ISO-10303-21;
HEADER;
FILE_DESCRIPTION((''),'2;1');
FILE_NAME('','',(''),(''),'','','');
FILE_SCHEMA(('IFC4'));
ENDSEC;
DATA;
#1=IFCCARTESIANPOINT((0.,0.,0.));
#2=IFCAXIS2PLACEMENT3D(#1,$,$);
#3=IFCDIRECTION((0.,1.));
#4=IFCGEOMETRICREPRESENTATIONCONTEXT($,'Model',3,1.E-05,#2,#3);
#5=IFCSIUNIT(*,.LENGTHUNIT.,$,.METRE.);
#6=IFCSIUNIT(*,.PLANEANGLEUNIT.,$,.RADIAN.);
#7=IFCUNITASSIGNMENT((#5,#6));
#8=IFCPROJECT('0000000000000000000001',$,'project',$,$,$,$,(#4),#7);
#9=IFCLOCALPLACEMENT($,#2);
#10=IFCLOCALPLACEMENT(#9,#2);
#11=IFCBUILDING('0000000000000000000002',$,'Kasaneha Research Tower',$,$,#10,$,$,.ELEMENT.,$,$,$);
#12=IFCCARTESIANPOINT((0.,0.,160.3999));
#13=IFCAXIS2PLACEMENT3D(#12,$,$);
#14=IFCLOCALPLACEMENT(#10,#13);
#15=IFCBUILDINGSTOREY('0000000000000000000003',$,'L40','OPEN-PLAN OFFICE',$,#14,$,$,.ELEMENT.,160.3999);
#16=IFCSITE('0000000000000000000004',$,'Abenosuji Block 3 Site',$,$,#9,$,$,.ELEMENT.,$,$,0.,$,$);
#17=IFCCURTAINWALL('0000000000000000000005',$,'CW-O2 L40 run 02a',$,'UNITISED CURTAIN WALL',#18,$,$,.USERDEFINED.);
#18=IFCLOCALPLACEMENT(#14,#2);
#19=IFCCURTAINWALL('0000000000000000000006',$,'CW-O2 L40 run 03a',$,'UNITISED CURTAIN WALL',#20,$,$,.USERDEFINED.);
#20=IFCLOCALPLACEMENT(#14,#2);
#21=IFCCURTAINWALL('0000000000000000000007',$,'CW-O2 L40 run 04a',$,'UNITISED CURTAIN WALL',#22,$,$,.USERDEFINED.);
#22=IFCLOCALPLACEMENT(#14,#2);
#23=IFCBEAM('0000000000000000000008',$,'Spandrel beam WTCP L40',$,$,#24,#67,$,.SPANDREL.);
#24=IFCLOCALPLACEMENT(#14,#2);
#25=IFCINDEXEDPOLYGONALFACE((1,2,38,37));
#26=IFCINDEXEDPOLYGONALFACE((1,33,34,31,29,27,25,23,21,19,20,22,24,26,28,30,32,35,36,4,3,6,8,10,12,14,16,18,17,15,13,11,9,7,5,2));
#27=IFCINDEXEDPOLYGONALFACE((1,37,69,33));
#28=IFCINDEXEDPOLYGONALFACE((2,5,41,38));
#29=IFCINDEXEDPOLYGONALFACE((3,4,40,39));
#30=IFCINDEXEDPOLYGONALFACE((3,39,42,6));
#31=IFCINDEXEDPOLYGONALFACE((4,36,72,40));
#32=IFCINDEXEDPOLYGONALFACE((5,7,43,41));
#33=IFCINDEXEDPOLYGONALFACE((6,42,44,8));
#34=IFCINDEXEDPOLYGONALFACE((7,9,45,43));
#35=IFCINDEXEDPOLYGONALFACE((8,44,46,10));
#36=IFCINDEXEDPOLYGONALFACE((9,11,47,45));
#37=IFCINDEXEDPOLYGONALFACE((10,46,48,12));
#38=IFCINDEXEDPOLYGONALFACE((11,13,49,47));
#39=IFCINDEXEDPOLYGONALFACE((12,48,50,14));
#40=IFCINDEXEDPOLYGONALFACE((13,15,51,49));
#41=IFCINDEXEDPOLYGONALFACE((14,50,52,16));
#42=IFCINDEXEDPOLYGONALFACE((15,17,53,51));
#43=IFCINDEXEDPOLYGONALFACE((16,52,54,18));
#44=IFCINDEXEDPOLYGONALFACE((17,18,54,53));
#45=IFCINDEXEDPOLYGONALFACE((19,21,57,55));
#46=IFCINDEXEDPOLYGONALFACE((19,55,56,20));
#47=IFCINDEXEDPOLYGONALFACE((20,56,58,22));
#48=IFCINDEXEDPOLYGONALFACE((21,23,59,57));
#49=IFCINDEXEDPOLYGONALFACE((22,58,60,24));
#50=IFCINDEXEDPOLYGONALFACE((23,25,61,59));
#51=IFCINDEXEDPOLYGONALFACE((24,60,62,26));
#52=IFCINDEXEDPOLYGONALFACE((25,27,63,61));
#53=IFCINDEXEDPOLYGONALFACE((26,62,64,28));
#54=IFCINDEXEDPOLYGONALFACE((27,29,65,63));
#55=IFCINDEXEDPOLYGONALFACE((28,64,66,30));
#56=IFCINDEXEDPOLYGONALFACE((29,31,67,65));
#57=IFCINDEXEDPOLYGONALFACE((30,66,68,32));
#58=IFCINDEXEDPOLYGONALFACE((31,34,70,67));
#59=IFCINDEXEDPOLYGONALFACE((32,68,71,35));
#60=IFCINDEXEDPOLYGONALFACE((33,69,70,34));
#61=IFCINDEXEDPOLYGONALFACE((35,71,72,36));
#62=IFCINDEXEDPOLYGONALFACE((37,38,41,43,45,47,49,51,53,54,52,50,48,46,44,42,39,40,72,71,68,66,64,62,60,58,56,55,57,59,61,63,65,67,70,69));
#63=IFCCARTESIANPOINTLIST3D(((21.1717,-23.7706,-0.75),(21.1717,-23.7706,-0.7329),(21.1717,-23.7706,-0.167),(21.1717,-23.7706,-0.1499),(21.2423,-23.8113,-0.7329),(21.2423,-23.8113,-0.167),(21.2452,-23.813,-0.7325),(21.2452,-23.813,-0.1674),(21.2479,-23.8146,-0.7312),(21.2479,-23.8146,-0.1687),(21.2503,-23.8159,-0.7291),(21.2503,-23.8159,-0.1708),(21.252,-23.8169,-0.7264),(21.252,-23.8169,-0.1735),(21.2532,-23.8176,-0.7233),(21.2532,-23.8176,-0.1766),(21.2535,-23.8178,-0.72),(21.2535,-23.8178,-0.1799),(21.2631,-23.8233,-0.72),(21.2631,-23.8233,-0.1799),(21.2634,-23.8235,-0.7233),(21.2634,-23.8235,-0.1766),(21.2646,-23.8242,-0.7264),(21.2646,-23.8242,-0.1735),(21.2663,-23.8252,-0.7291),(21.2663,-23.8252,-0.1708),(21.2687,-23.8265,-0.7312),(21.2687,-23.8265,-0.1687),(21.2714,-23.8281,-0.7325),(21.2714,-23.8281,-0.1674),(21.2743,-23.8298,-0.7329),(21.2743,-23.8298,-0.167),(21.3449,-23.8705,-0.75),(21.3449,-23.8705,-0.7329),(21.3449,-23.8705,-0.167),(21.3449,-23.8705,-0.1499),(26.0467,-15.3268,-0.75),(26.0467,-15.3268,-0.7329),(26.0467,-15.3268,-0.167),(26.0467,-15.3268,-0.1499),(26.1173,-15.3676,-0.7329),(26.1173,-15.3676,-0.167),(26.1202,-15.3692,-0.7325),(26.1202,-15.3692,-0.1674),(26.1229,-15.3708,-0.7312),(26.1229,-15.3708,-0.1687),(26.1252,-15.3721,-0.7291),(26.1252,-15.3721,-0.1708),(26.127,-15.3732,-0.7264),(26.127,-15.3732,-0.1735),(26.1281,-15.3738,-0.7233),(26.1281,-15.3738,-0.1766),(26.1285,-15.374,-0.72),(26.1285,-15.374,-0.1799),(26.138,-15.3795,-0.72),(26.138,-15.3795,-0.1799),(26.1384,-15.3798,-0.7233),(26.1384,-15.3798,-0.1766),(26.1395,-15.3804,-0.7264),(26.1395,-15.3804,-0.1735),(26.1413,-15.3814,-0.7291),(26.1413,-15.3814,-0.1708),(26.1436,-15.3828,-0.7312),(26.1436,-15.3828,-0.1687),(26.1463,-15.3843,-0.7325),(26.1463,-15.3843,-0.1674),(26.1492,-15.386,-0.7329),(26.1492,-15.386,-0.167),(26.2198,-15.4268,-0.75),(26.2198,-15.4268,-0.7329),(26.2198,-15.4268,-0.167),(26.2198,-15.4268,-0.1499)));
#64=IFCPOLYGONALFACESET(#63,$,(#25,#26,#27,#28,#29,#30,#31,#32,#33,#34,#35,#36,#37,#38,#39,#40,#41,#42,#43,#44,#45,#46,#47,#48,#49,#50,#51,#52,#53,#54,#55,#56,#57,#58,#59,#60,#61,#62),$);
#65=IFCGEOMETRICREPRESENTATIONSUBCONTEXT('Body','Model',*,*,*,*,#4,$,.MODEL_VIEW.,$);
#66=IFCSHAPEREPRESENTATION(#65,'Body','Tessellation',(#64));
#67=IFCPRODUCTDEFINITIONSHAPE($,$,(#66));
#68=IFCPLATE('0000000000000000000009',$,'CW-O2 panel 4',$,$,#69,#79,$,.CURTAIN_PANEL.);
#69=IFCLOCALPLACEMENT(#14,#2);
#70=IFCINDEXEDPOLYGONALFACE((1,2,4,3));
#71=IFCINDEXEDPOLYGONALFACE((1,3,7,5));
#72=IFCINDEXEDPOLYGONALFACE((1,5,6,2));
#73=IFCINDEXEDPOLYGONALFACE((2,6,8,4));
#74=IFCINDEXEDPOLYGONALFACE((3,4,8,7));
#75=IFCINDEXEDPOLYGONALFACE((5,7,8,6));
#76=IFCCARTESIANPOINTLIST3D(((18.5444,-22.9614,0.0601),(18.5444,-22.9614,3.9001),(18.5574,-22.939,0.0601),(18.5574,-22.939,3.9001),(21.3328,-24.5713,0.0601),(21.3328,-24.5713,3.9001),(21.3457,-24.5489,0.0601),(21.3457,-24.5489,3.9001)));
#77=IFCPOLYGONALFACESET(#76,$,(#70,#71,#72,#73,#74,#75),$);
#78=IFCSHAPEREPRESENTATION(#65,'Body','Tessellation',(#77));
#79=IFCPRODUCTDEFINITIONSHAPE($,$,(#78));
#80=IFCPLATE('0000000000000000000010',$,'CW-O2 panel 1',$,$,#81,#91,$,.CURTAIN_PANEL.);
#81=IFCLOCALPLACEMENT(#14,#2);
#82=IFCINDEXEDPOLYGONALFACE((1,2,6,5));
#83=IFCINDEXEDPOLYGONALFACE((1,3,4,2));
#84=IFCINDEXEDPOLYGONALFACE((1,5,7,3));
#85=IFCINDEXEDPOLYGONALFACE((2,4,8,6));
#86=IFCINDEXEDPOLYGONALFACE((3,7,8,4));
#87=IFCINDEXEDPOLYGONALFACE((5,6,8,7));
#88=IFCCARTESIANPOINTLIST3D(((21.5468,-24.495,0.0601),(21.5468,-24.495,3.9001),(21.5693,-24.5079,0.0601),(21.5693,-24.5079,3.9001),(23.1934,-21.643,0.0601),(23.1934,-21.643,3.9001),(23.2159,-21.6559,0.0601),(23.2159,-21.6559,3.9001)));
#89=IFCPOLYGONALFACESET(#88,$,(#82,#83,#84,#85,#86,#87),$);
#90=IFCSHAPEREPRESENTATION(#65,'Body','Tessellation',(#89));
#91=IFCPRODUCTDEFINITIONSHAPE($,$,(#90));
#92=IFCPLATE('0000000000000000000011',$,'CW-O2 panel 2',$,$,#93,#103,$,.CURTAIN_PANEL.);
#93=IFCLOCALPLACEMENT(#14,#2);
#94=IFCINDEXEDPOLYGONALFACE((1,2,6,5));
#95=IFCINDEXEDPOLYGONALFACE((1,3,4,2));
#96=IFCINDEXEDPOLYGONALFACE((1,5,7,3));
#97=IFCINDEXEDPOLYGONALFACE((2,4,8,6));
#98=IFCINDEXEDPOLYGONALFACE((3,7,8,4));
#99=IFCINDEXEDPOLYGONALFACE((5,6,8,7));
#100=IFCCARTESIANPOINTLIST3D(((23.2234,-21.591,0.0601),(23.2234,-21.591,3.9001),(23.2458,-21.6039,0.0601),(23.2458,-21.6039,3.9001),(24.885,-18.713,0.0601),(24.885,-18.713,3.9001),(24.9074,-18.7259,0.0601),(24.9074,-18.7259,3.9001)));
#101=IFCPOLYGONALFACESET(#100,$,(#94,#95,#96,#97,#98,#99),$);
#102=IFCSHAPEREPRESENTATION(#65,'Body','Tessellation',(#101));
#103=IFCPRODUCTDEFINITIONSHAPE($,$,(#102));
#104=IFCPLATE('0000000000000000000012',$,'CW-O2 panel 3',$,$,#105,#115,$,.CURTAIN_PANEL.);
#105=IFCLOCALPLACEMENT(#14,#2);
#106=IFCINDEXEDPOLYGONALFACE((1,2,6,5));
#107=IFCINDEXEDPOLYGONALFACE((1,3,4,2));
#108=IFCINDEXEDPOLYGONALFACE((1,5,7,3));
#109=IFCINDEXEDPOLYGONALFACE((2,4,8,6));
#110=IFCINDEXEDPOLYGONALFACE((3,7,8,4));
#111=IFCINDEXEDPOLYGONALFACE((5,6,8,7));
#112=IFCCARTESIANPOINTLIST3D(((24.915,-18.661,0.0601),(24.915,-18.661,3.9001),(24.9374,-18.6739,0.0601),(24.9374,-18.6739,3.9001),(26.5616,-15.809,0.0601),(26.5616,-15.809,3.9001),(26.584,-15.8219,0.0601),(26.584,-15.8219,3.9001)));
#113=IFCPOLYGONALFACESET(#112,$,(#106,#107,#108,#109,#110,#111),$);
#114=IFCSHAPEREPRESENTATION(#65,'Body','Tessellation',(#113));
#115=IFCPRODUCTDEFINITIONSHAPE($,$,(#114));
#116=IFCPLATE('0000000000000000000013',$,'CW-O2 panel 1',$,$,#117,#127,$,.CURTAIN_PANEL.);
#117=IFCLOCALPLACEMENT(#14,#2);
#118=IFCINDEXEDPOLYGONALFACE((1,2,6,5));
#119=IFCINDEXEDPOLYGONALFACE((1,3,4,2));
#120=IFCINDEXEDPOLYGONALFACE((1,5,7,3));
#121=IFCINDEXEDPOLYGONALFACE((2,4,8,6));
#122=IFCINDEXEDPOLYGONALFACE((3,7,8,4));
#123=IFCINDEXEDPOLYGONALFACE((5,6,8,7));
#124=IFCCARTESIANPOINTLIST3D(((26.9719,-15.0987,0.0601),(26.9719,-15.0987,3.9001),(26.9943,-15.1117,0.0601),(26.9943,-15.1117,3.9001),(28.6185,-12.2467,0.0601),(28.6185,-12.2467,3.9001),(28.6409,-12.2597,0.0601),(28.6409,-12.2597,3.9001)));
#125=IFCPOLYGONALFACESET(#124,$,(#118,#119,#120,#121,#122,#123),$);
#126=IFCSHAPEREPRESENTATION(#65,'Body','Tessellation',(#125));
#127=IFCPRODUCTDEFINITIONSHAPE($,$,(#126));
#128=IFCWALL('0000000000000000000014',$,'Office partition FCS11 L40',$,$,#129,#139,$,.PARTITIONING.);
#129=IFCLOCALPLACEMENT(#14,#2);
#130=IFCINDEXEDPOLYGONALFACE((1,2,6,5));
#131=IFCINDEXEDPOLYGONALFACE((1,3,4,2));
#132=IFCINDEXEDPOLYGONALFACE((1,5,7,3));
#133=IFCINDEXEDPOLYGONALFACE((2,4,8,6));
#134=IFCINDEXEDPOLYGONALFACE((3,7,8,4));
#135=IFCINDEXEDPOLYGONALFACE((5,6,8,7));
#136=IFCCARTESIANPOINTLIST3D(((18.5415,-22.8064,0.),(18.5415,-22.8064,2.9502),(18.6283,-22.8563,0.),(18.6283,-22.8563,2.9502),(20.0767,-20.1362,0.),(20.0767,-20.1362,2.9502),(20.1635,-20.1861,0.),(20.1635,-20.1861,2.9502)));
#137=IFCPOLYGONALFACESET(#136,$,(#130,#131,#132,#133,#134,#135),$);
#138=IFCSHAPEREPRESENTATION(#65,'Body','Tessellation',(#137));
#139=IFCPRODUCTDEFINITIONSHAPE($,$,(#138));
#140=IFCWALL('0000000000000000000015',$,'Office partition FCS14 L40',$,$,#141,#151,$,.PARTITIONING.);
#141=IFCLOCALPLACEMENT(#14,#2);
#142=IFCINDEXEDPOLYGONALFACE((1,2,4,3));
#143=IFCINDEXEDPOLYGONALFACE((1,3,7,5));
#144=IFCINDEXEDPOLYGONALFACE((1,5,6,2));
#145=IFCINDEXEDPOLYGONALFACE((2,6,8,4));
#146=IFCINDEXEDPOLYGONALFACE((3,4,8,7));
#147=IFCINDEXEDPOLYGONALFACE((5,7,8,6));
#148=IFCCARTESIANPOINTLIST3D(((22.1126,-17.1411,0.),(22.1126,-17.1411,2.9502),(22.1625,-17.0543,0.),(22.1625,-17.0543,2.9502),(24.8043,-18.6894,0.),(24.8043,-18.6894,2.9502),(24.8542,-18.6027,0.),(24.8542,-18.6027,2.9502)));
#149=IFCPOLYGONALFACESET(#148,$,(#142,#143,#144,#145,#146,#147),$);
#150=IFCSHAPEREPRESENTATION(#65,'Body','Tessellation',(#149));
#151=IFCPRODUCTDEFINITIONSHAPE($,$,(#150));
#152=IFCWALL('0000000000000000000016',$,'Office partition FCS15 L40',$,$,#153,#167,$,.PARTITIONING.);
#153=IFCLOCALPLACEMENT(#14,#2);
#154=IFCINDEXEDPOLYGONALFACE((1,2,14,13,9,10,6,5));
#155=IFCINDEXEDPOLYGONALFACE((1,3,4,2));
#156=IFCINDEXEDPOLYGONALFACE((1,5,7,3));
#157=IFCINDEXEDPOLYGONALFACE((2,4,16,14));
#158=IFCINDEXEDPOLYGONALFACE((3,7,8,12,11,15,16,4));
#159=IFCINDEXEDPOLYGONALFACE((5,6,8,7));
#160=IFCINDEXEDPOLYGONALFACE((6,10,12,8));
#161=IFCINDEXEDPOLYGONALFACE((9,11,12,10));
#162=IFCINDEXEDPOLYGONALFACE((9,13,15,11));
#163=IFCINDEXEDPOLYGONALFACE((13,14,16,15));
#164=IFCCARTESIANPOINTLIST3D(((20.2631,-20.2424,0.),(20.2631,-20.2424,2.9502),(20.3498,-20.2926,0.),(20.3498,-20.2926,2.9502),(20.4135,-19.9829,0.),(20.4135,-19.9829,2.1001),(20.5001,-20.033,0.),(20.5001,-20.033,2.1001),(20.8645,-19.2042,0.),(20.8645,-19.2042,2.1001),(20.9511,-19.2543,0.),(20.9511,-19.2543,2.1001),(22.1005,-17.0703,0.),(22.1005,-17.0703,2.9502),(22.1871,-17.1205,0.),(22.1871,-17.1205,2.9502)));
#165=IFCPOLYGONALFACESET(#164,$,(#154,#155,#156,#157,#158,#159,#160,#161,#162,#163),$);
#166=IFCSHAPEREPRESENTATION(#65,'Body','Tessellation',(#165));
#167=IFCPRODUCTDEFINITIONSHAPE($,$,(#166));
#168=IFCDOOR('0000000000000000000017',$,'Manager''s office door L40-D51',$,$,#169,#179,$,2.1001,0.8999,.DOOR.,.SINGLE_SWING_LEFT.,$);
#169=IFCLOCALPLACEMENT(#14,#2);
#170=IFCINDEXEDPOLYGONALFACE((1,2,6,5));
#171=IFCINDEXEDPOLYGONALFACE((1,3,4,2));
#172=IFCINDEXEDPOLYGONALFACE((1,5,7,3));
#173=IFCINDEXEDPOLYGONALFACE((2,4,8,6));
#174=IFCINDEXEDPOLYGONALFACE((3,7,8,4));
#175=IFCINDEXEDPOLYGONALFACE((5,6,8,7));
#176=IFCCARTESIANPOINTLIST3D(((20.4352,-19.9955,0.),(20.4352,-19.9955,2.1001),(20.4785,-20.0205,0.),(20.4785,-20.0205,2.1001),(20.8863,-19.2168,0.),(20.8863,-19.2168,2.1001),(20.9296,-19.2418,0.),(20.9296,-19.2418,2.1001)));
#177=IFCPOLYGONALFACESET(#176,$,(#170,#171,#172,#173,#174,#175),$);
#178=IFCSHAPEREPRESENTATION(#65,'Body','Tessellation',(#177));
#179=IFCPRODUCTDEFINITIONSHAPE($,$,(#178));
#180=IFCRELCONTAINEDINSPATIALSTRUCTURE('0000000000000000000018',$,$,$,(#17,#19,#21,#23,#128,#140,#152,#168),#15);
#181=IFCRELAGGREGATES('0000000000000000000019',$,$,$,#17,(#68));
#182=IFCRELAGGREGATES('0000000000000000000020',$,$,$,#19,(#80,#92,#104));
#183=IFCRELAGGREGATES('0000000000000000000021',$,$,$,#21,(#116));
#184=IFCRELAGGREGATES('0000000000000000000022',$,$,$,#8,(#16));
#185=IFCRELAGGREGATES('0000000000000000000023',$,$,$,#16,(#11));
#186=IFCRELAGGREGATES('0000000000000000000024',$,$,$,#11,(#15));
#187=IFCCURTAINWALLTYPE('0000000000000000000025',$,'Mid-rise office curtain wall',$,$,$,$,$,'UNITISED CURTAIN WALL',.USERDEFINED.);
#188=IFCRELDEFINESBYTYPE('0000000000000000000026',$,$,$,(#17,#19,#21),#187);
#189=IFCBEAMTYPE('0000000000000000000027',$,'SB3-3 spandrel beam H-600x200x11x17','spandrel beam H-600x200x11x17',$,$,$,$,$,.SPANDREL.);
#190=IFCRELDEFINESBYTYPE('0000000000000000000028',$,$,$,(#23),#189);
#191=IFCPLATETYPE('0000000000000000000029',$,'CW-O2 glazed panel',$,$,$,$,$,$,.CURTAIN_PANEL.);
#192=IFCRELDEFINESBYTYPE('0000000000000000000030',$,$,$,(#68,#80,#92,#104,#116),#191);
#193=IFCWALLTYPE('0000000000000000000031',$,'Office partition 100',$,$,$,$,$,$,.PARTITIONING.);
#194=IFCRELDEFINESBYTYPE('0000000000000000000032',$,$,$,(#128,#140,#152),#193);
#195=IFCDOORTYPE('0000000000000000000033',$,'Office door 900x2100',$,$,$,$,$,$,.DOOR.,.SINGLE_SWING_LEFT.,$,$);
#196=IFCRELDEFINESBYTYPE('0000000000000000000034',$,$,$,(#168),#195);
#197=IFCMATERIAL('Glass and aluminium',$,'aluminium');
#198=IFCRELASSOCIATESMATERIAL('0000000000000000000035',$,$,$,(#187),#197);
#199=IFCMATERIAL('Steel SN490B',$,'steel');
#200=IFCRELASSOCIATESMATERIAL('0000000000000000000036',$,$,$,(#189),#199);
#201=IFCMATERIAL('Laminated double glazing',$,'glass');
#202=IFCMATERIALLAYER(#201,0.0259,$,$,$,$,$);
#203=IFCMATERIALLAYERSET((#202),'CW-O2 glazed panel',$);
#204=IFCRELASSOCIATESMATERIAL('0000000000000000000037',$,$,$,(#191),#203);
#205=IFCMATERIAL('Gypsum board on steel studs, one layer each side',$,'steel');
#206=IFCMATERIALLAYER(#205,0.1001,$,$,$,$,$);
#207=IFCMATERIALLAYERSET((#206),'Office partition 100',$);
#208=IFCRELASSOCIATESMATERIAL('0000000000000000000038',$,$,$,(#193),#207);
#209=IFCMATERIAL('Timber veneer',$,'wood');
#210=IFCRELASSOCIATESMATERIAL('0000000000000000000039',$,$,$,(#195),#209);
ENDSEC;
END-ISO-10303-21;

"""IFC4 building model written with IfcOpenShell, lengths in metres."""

from ifc_helpers import new_model, si_unit, direction, frame, frame_2d, origin, origin_2d, place, context, subcontext, project, spatial, rectangle, i_section, extrude, material, layer, layer_set, material_profile, profile_set, type_object, element, fill, aggregate, save


model = new_model("IFC4")

# Units and contexts
model_context = context("Model", 3, precision=1e-05, world=origin(), true_north=direction((0.0, 1.0)))
body_context = subcontext(model_context, "Body", "Model", "MODEL_VIEW")
ifc_project = project(units=[si_unit("LENGTHUNIT", "METRE"), si_unit("PLANEANGLEUNIT", "RADIAN")], contexts=[model_context])

# Site, building, storey
site_placement = place(None, origin())
site = spatial("IfcSite", under=ifc_project, at=site_placement, Name="Abenosuji Block 3 Site", CompositionType="ELEMENT", RefElevation=0.0)
building_placement = place(site_placement, origin())
building = spatial("IfcBuilding", under=site, at=building_placement, Name="Kasaneha Research Tower", CompositionType="ELEMENT")
storey_placement = place(building_placement, frame((0.0, 0.0, 160.3999)))
storey = spatial("IfcBuildingStorey", under=building, at=storey_placement, Name="L40", Description="OPEN-PLAN OFFICE", CompositionType="ELEMENT", Elevation=160.3999)

# Curtain wall
ifc_material_1 = material(Name="Glass and aluminium", Category="aluminium")
curtain_wall_type = type_object("IfcCurtainWallType", Name="Mid-rise office curtain wall", ElementType="UNITISED CURTAIN WALL", PredefinedType="USERDEFINED", material=ifc_material_1)
curtain_wall_1_placement = place(storey_placement, origin())
curtain_wall_1 = element("IfcCurtainWall", 1, at=curtain_wall_1_placement, inside=storey, type_object=curtain_wall_type, Name="CW-O2 L40 run 02a", ObjectType="UNITISED CURTAIN WALL", PredefinedType="USERDEFINED")

# Curtain walls
curtain_wall_2_placement = place(storey_placement, origin())
curtain_wall_2 = element("IfcCurtainWall", 2, at=curtain_wall_2_placement, inside=storey, type_object=curtain_wall_type, Name="CW-O2 L40 run 03a", ObjectType="UNITISED CURTAIN WALL", PredefinedType="USERDEFINED")
curtain_wall_3_placement = place(storey_placement, origin())
curtain_wall_3 = element("IfcCurtainWall", 3, at=curtain_wall_3_placement, inside=storey, type_object=curtain_wall_type, Name="CW-O2 L40 run 04a", ObjectType="UNITISED CURTAIN WALL", PredefinedType="USERDEFINED")

# Beam
ifc_material_2 = material(Name="Steel SN490B", Category="steel")
ifc_material_profile_1 = material_profile(ifc_material_2, i_section(OverallWidth=0.2, OverallDepth=0.6001, WebThickness=0.011, FlangeThickness=0.0171, FilletRadius=0.0129, at=origin_2d()), Name="H-600x200x11x17")
ifc_profile_set_1 = profile_set([ifc_material_profile_1], Name="Steel SN490B")
beam_type = type_object("IfcBeamType", Name="SB3-3 spandrel beam H-600x200x11x17", Description="spandrel beam H-600x200x11x17", PredefinedType="SPANDREL", material=ifc_profile_set_1)
beam_placement = place(storey_placement, frame((21.2583, -23.8206, -0.45), z_axis=(0.499996, 0.866028, 0.0), x_axis=(-0.866028, 0.499996, 0.0)))
element("IfcBeam", 4, at=beam_placement, inside=storey, type_object=beam_type, Name="Spandrel beam WTCP L40", PredefinedType="SPANDREL", context=body_context, shape_type="SweptSolid", body=[
    extrude(i_section(OverallWidth=0.2, OverallDepth=0.6001, WebThickness=0.011, FlangeThickness=0.0171, FilletRadius=0.0129, at=origin_2d()), origin(), (0.0, 0.0, 1.0), 9.75),
])

# Plates
ifc_material_3 = material(Name="Laminated double glazing", Category="glass")
ifc_layer_1 = layer(ifc_material_3, 0.0259)
ifc_layer_set_1 = layer_set([ifc_layer_1], Name="CW-O2 glazed panel")
plate_type = type_object("IfcPlateType", Name="CW-O2 glazed panel", PredefinedType="CURTAIN_PANEL", material=ifc_layer_set_1)
plate_1_placement = place(storey_placement, frame((19.9451, -23.7551, 0.0601), z_axis=(0.0, 0.0, 1.0), x_axis=(0.866025, -0.5, 0.0)))
plate_1 = element("IfcPlate", 5, at=plate_1_placement, type_object=plate_type, Name="CW-O2 panel 4", PredefinedType="CURTAIN_PANEL", context=body_context, shape_type="SweptSolid", body=[
    extrude(rectangle(XDim=3.2197, YDim=0.0259, at=origin_2d()), origin(), (0.0, 0.0, 1.0), 3.8401),
])
aggregate(curtain_wall_1, [plate_1])
plate_2_placement = place(storey_placement, frame((22.3813, -23.0754, 0.0601), z_axis=(0.0, 0.0, 1.0), x_axis=(0.5, 0.866025, 0.0)))
plate_2 = element("IfcPlate", 6, at=plate_2_placement, type_object=plate_type, Name="CW-O2 panel 1", PredefinedType="CURTAIN_PANEL", context=body_context, shape_type="SweptSolid", body=[
    extrude(rectangle(XDim=3.2932, YDim=0.0259, at=origin_2d()), origin(), (0.0, 0.0, 1.0), 3.8401),
])
plate_3_placement = place(storey_placement, frame((24.0654, -20.1584, 0.0601), z_axis=(0.0, 0.0, 1.0), x_axis=(0.5, 0.866025, 0.0)))
plate_3 = element("IfcPlate", 7, at=plate_3_placement, type_object=plate_type, Name="CW-O2 panel 2", PredefinedType="CURTAIN_PANEL", context=body_context, shape_type="SweptSolid", body=[
    extrude(rectangle(XDim=3.3232, YDim=0.0259, at=origin_2d()), origin(), (0.0, 0.0, 1.0), 3.8401),
])
plate_4_placement = place(storey_placement, frame((25.7495, -17.2415, 0.0601), z_axis=(0.0, 0.0, 1.0), x_axis=(0.5, 0.866025, 0.0)))
plate_4 = element("IfcPlate", 8, at=plate_4_placement, type_object=plate_type, Name="CW-O2 panel 3", PredefinedType="CURTAIN_PANEL", context=body_context, shape_type="SweptSolid", body=[
    extrude(rectangle(XDim=3.2932, YDim=0.0259, at=origin_2d()), origin(), (0.0, 0.0, 1.0), 3.8401),
])
aggregate(curtain_wall_2, [plate_2, plate_3, plate_4])
plate_5_placement = place(storey_placement, frame((27.8064, -13.6792, 0.0601), z_axis=(0.0, 0.0, 1.0), x_axis=(0.5, 0.866025, 0.0)))
plate_5 = element("IfcPlate", 9, at=plate_5_placement, type_object=plate_type, Name="CW-O2 panel 1", PredefinedType="CURTAIN_PANEL", context=body_context, shape_type="SweptSolid", body=[
    extrude(rectangle(XDim=3.2932, YDim=0.0259, at=origin_2d()), origin(), (0.0, 0.0, 1.0), 3.8401),
])
aggregate(curtain_wall_3, [plate_5])

# Walls
ifc_material_4 = material(Name="Gypsum board on steel studs, one layer each side", Category="steel")
ifc_layer_2 = layer(ifc_material_4, 0.1001)
ifc_layer_set_2 = layer_set([ifc_layer_2], Name="Office partition 100")
wall_type_1 = type_object("IfcWallType", Name="Office partition 100", PredefinedType="PARTITIONING", material=ifc_layer_set_2)
wall_1_placement = place(storey_placement, frame((20.1201, -20.1611, 0.0), z_axis=(0.0, 0.0, 1.0), x_axis=(-0.498425, -0.866933, 0.0)))
element("IfcWall", 10, at=wall_1_placement, inside=storey, type_object=wall_type_1, Name="Office partition FCS11 L40", PredefinedType="PARTITIONING", context=body_context, shape_type="SweptSolid", body=[
    extrude(rectangle(XDim=3.0801, YDim=0.1001, at=frame_2d((1.54, 0.0))), origin(), (0.0, 0.0, 1.0), 2.9502),
])
wall_2_placement = place(storey_placement, frame((22.1375, -17.0977, 0.0), z_axis=(0.0, 0.0, 1.0), x_axis=(0.866817, -0.498626, 0.0)))
element("IfcWall", 11, at=wall_2_placement, inside=storey, type_object=wall_type_1, Name="Office partition FCS14 L40", PredefinedType="PARTITIONING", context=body_context, shape_type="SweptSolid", body=[
    extrude(rectangle(XDim=3.1052, YDim=0.1001, at=frame_2d((1.5527, 0.0))), origin(), (0.0, 0.0, 1.0), 2.9502),
])

# Wall, opening, door
wall_3_placement = place(storey_placement, frame((20.3064, -20.2676, 0.0), z_axis=(0.0, 0.0, 1.0), x_axis=(0.501223, 0.865318, 0.0)))
wall_3 = element("IfcWall", 12, at=wall_3_placement, inside=storey, type_object=wall_type_1, Name="Office partition FCS15 L40", PredefinedType="PARTITIONING", context=body_context, shape_type="SweptSolid", body=[
    extrude(rectangle(XDim=3.6658, YDim=0.1001, at=frame_2d((1.833, 0.0))), origin(), (0.0, 0.0, 1.0), 2.9502),
])
opening_1_placement = place(wall_3_placement, frame((0.3, 0.0, 0.0)))
opening_1 = element("IfcOpeningElement", 13, at=opening_1_placement, cuts=wall_3, PredefinedType="OPENING", context=body_context, shape_type="SweptSolid", body=[
    extrude(rectangle(XDim=0.8999, YDim=2.1001, at=frame_2d((0.45, 1.05))), frame((0.0, 0.0601, 0.0), z_axis=(0.0, -1.0, 0.0), x_axis=(1.0, 0.0, 0.0)), (0.0, 0.0, 1.0), 0.1201),
])
ifc_material_5 = material(Name="Timber veneer", Category="wood")
door_type_1 = type_object("IfcDoorType", Name="Office door 900x2100", OperationType="SINGLE_SWING_LEFT", PredefinedType="DOOR", material=ifc_material_5)
door_1_placement = place(opening_1_placement, origin())
door_1 = element("IfcDoor", 14, at=door_1_placement, inside=storey, type_object=door_type_1, Name="Manager's office door L40-D51", OperationType="SINGLE_SWING_LEFT", OverallHeight=2.1001, OverallWidth=0.8999, PredefinedType="DOOR", context=body_context, shape_type="SweptSolid", body=[
    extrude(rectangle(XDim=0.8999, YDim=2.1001, at=frame_2d((0.45, 1.05))), frame((0.0, 0.0249, 0.0), z_axis=(0.0, -1.0, 0.0), x_axis=(1.0, 0.0, 0.0)), (0.0, 0.0, 1.0), 0.05),
])
fill(opening_1, door_1)

save(model, "model.ifc")
